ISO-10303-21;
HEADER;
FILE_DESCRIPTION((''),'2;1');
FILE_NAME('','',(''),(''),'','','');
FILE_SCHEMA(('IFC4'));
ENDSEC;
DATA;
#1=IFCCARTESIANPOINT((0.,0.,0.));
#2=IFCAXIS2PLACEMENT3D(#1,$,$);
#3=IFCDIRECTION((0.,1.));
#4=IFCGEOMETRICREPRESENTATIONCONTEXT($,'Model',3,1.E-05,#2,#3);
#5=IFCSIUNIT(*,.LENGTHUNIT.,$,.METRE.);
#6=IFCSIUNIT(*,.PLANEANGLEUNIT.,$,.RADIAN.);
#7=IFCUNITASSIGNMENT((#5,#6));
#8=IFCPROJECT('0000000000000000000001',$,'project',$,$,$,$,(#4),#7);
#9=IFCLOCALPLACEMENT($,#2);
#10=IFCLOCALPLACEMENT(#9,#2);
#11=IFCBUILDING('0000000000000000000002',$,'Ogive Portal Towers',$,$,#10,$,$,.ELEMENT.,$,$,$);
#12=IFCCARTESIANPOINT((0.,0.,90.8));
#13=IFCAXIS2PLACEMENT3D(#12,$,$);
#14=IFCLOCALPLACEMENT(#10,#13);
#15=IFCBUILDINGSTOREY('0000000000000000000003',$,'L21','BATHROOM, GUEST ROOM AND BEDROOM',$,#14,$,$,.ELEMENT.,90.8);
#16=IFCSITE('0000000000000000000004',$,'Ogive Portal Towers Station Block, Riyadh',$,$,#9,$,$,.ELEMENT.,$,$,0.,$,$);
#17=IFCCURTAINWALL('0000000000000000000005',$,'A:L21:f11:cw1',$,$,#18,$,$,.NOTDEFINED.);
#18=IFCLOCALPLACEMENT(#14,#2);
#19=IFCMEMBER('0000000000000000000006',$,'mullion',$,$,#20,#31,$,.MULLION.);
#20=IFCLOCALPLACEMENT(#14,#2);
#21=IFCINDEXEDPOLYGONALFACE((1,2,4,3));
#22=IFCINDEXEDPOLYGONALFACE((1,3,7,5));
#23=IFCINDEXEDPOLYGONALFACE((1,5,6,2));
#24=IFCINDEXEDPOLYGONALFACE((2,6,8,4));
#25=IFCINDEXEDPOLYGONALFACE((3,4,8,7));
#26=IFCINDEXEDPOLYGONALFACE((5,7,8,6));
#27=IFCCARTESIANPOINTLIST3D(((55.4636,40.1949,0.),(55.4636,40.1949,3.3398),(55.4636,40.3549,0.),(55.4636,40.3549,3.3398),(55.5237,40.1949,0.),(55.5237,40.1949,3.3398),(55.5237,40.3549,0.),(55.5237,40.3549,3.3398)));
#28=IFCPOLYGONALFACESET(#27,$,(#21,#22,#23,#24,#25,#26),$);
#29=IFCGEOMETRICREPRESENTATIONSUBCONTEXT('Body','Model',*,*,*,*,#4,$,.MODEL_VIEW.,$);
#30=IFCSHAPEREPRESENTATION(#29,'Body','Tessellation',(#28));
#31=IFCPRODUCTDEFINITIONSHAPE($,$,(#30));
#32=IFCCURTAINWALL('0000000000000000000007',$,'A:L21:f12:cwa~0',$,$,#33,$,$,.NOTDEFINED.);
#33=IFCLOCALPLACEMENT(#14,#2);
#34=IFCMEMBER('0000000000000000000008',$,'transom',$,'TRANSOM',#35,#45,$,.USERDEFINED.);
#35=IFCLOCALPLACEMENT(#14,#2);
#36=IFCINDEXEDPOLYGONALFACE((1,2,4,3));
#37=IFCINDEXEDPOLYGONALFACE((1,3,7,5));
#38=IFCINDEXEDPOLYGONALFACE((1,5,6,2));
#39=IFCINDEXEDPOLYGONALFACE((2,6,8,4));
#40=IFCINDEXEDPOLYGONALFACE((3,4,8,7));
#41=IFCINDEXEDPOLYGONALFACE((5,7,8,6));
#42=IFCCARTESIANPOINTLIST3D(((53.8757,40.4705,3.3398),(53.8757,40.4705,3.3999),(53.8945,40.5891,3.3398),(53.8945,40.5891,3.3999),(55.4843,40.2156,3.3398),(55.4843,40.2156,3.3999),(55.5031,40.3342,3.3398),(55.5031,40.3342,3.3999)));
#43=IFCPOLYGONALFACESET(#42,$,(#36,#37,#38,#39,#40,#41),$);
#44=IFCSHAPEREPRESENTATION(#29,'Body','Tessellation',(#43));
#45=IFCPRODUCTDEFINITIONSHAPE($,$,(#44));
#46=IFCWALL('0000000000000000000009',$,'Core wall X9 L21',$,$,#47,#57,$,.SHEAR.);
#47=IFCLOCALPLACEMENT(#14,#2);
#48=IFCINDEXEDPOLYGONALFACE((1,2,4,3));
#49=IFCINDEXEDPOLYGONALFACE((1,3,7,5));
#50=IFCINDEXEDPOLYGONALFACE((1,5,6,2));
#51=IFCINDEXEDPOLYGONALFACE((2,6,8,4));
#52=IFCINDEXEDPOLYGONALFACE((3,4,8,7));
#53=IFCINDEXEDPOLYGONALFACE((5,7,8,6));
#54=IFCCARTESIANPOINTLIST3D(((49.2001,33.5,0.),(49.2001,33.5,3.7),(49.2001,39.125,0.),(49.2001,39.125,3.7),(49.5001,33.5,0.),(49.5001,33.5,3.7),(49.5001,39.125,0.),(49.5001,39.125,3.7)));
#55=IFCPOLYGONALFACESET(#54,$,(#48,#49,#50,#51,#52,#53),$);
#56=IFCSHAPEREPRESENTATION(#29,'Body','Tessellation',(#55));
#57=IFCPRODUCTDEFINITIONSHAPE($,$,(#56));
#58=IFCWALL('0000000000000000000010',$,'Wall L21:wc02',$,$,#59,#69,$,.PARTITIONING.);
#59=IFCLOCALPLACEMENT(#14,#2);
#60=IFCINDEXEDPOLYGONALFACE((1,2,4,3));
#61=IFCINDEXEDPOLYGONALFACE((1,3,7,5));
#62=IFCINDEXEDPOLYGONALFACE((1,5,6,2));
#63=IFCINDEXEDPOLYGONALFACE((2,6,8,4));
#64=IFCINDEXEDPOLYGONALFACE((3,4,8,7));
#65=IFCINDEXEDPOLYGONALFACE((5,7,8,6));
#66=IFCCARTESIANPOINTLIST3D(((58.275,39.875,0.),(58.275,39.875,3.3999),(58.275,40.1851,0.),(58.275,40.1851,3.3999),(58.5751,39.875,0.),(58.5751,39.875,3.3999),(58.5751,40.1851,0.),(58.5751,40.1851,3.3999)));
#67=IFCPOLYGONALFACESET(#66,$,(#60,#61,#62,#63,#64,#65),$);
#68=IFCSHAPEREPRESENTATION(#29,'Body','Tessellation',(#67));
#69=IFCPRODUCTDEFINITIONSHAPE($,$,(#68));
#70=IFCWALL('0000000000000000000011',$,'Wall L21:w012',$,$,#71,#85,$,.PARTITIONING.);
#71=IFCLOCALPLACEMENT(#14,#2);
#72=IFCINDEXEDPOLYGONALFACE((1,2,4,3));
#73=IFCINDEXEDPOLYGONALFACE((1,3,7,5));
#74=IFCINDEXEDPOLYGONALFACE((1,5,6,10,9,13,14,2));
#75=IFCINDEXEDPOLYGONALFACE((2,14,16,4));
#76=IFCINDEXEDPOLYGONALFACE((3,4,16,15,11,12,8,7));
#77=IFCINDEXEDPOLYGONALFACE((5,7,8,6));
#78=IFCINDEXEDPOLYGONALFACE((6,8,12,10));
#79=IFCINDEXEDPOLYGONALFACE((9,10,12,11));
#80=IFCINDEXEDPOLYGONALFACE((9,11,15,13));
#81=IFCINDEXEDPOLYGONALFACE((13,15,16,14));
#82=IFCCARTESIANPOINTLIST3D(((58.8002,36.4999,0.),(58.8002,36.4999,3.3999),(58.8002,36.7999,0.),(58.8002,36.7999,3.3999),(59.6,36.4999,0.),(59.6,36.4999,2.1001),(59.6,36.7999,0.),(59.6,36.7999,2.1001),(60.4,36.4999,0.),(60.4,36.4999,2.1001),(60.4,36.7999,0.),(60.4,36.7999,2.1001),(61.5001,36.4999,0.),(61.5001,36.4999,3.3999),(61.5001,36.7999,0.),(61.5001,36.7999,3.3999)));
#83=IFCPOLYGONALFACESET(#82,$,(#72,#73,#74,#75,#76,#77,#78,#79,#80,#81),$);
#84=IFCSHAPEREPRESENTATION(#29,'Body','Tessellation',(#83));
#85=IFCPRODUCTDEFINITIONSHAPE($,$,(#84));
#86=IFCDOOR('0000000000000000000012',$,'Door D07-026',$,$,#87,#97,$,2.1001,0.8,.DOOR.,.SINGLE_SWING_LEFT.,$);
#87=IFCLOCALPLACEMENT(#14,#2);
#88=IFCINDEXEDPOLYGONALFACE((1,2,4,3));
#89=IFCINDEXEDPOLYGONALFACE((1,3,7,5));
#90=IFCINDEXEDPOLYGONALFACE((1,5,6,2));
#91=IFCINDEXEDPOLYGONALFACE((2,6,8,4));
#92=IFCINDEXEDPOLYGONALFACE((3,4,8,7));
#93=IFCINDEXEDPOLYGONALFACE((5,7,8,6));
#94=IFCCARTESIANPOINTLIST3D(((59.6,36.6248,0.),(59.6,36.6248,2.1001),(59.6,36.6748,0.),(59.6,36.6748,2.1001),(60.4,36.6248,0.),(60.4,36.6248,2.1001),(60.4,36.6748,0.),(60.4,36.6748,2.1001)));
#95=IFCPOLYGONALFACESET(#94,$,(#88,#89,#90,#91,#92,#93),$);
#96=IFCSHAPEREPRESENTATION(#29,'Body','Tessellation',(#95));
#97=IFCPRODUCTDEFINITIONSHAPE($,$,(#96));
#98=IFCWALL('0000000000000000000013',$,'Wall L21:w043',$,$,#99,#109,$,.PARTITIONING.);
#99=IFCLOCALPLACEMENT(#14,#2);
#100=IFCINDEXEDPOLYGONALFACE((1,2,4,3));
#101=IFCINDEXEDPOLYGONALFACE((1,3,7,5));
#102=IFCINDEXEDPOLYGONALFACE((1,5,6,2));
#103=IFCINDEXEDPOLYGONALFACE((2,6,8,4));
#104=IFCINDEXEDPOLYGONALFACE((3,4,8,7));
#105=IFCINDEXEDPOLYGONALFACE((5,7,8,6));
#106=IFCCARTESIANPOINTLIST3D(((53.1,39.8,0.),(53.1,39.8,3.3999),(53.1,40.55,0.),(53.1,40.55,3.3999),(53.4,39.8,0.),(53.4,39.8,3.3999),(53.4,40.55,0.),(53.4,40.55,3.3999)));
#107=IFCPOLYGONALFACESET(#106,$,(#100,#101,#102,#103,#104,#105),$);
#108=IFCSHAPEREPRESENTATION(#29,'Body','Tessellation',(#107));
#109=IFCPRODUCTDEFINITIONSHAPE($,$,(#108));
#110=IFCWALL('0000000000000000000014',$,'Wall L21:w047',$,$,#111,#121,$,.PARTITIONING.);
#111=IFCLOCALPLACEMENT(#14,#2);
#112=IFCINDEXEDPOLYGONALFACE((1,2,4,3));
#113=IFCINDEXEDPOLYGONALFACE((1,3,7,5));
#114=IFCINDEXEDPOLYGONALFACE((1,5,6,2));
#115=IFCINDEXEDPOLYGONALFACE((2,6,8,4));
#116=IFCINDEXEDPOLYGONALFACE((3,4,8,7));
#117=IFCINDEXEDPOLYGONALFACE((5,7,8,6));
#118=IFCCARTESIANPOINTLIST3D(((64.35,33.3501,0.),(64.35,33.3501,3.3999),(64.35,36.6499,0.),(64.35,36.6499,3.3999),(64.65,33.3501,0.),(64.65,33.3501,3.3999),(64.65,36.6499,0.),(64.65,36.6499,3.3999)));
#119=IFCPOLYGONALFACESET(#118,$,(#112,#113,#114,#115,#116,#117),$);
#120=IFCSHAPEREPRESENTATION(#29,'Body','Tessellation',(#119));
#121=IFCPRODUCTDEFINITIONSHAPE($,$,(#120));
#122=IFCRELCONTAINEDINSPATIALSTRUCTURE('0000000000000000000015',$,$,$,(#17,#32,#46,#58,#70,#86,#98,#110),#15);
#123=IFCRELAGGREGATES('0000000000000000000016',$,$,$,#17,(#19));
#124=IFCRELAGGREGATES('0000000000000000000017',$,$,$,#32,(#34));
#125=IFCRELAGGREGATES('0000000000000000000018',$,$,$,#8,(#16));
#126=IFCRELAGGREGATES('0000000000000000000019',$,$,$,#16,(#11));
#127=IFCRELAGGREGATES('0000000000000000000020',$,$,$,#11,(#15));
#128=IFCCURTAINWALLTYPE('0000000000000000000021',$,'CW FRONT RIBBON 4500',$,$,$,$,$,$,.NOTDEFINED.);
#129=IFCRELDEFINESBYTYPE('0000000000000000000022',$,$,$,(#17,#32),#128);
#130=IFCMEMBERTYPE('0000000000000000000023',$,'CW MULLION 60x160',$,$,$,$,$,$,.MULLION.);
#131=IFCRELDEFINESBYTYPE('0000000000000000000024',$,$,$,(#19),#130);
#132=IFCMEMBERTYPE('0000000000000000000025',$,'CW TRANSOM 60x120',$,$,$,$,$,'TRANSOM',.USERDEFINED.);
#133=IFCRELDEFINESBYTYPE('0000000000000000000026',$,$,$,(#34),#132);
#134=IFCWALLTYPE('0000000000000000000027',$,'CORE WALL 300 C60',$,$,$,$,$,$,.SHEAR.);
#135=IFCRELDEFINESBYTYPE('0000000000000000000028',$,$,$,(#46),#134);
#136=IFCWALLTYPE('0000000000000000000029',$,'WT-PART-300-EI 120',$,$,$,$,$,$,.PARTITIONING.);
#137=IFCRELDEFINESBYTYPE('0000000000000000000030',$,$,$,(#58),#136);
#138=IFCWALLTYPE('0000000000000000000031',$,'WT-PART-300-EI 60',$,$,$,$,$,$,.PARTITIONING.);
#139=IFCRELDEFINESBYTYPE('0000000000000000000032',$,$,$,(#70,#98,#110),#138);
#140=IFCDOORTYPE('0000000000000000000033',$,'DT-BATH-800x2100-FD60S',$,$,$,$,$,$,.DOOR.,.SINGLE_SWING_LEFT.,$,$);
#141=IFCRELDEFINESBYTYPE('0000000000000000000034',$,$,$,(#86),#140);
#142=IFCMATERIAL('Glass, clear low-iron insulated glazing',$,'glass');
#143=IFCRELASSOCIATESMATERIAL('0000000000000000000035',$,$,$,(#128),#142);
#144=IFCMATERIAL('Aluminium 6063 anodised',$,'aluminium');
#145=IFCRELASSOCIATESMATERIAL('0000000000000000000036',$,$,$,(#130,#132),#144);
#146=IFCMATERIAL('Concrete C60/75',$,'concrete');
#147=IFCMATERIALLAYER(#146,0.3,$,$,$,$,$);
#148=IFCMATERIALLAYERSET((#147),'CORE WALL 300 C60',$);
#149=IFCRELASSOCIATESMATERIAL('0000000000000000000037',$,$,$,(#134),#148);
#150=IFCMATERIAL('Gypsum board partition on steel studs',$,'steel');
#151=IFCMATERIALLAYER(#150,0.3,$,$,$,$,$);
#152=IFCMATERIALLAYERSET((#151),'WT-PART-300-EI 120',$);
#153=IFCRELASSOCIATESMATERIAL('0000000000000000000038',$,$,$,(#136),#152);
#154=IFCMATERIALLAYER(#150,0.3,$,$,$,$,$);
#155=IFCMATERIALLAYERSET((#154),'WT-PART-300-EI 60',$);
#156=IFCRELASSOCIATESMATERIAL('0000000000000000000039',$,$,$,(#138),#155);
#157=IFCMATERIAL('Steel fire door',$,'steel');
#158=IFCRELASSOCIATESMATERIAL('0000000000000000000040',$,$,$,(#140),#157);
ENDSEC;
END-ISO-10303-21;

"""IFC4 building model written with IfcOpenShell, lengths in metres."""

from ifc_helpers import new_model, si_unit, direction, frame, frame_2d, origin, origin_2d, place, context, subcontext, project, spatial, rectangle, extrude, material, layer, layer_set, material_profile, profile_set, type_object, element, fill, aggregate, save


model = new_model("IFC4")

# Units and contexts
model_context = context("Model", 3, precision=1e-05, world=origin(), true_north=direction((0.0, 1.0)))
body_context = subcontext(model_context, "Body", "Model", "MODEL_VIEW")
ifc_project = project(units=[si_unit("LENGTHUNIT", "METRE"), si_unit("PLANEANGLEUNIT", "RADIAN")], contexts=[model_context])

# Site, building, storey
site_placement = place(None, origin())
site = spatial("IfcSite", under=ifc_project, at=site_placement, Name="Ogive Portal Towers Station Block, Riyadh", CompositionType="ELEMENT", RefElevation=0.0)
building_placement = place(site_placement, origin())
building = spatial("IfcBuilding", under=site, at=building_placement, Name="Ogive Portal Towers", CompositionType="ELEMENT")
storey_placement = place(building_placement, frame((0.0, 0.0, 90.8)))
storey = spatial("IfcBuildingStorey", under=building, at=storey_placement, Name="L21", Description="BATHROOM, GUEST ROOM AND BEDROOM", CompositionType="ELEMENT", Elevation=90.8)

# Curtain walls, members
ifc_material_1 = material(Name="Glass, clear low-iron insulated glazing", Category="glass")
curtain_wall_type = type_object("IfcCurtainWallType", Name="CW FRONT RIBBON 4500", PredefinedType="NOTDEFINED", material=ifc_material_1)
curtain_wall_1_placement = place(storey_placement, origin())
curtain_wall_1 = element("IfcCurtainWall", 1, at=curtain_wall_1_placement, inside=storey, type_object=curtain_wall_type, Name="A:L21:f11:cw1", PredefinedType="NOTDEFINED")
ifc_material_2 = material(Name="Aluminium 6063 anodised", Category="aluminium")
ifc_material_profile_1 = material_profile(ifc_material_2, rectangle(XDim=0.1599, YDim=0.0601, at=origin_2d()), Name="AL 60x160")
ifc_profile_set_1 = profile_set([ifc_material_profile_1], Name="Aluminium 6063 anodised")
member_type_1 = type_object("IfcMemberType", Name="CW MULLION 60x160", PredefinedType="MULLION", material=ifc_profile_set_1)
member_1_placement = place(storey_placement, frame((55.4937, 40.2749, 0.0), z_axis=(0.0, 0.0, 1.0), x_axis=(0.0, -1.0, 0.0)))
member_1 = element("IfcMember", 2, at=member_1_placement, type_object=member_type_1, Name="mullion", PredefinedType="MULLION", context=body_context, shape_type="SweptSolid", body=[
    extrude(rectangle(XDim=0.1599, YDim=0.0601, at=origin_2d()), origin(), (0.0, 0.0, 1.0), 3.3398),
])
aggregate(curtain_wall_1, [member_1])
curtain_wall_2_placement = place(storey_placement, origin())
curtain_wall_2 = element("IfcCurtainWall", 3, at=curtain_wall_2_placement, inside=storey, type_object=curtain_wall_type, Name="A:L21:f12:cwa~0", PredefinedType="NOTDEFINED")
ifc_material_profile_2 = material_profile(ifc_material_2, rectangle(XDim=0.1201, YDim=0.0601, at=origin_2d()), Name="AL 120x60")
ifc_profile_set_2 = profile_set([ifc_material_profile_2], Name="Aluminium 6063 anodised")
member_type_2 = type_object("IfcMemberType", Name="CW TRANSOM 60x120", ElementType="TRANSOM", PredefinedType="USERDEFINED", material=ifc_profile_set_2)
member_2_placement = place(storey_placement, frame((55.4937, 40.2749, 3.3699), z_axis=(-0.987679, 0.156494, 0.0), x_axis=(-0.156494, -0.987679, 0.0)))
member_2 = element("IfcMember", 4, at=member_2_placement, type_object=member_type_2, Name="transom", ObjectType="TRANSOM", PredefinedType="USERDEFINED", context=body_context, shape_type="SweptSolid", body=[
    extrude(rectangle(XDim=0.1201, YDim=0.0601, at=origin_2d()), origin(), (0.0, 0.0, 1.0), 1.6287),
])
aggregate(curtain_wall_2, [member_2])

# Wall
ifc_material_3 = material(Name="Concrete C60/75", Category="concrete")
ifc_layer_1 = layer(ifc_material_3, 0.3)
ifc_layer_set_1 = layer_set([ifc_layer_1], Name="CORE WALL 300 C60")
wall_type_1 = type_object("IfcWallType", Name="CORE WALL 300 C60", PredefinedType="SHEAR", material=ifc_layer_set_1)
wall_1_placement = place(storey_placement, frame((49.3501, 33.5, 0.0), z_axis=(0.0, 0.0, 1.0), x_axis=(0.0, 1.0, 0.0)))
element("IfcWall", 5, at=wall_1_placement, inside=storey, type_object=wall_type_1, Name="Core wall X9 L21", PredefinedType="SHEAR", context=body_context, shape_type="SweptSolid", body=[
    extrude(rectangle(XDim=5.625, YDim=0.3, at=frame_2d((2.8125, 0.0))), origin(), (0.0, 0.0, 1.0), 3.7),
])

# Wall
ifc_material_4 = material(Name="Gypsum board partition on steel studs", Category="steel")
ifc_layer_2 = layer(ifc_material_4, 0.3)
ifc_layer_set_2 = layer_set([ifc_layer_2], Name="WT-PART-300-EI 120")
wall_type_2 = type_object("IfcWallType", Name="WT-PART-300-EI 120", PredefinedType="PARTITIONING", material=ifc_layer_set_2)
wall_2_placement = place(storey_placement, frame((58.425, 39.875, 0.0), z_axis=(0.0, 0.0, 1.0), x_axis=(0.0, 1.0, 0.0)))
element("IfcWall", 6, at=wall_2_placement, inside=storey, type_object=wall_type_2, Name="Wall L21:wc02", PredefinedType="PARTITIONING", context=body_context, shape_type="SweptSolid", body=[
    extrude(rectangle(XDim=0.3101, YDim=0.3, at=frame_2d((0.155, 0.0))), origin(), (0.0, 0.0, 1.0), 3.3999),
])

# Wall, opening, door
ifc_layer_3 = layer(ifc_material_4, 0.3)
ifc_layer_set_3 = layer_set([ifc_layer_3], Name="WT-PART-300-EI 60")
wall_type_3 = type_object("IfcWallType", Name="WT-PART-300-EI 60", PredefinedType="PARTITIONING", material=ifc_layer_set_3)
wall_3_placement = place(storey_placement, frame((58.8, 36.6499, 0.0), z_axis=(0.0, 0.0, 1.0), x_axis=(1.0, 0.0, 0.0)))
wall_3 = element("IfcWall", 7, at=wall_3_placement, inside=storey, type_object=wall_type_3, Name="Wall L21:w012", PredefinedType="PARTITIONING", context=body_context, shape_type="SweptSolid", body=[
    extrude(rectangle(XDim=2.7, YDim=0.3, at=frame_2d((1.3501, 0.0))), origin(), (0.0, 0.0, 1.0), 3.3999),
])
opening_1_placement = place(wall_3_placement, frame((0.8, 0.0, 0.0)))
opening_1 = element("IfcOpeningElement", 8, at=opening_1_placement, cuts=wall_3, PredefinedType="OPENING", context=body_context, shape_type="SweptSolid", body=[
    extrude(rectangle(XDim=0.8, YDim=2.1001, at=frame_2d((0.3999, 1.05))), frame((0.0, 0.1602, 0.0), z_axis=(0.0, -1.0, 0.0), x_axis=(1.0, 0.0, 0.0)), (0.0, 0.0, 1.0), 0.3201),
])
ifc_material_5 = material(Name="Steel fire door", Category="steel")
door_type_1 = type_object("IfcDoorType", Name="DT-BATH-800x2100-FD60S", OperationType="SINGLE_SWING_LEFT", PredefinedType="DOOR", material=ifc_material_5)
door_1_placement = place(opening_1_placement, origin())
door_1 = element("IfcDoor", 9, at=door_1_placement, inside=storey, type_object=door_type_1, Name="Door D07-026", OperationType="SINGLE_SWING_LEFT", OverallHeight=2.1001, OverallWidth=0.8, PredefinedType="DOOR", context=body_context, shape_type="SweptSolid", body=[
    extrude(rectangle(XDim=0.8, YDim=2.1001, at=frame_2d((0.3999, 1.05))), frame((0.0, 0.0249, 0.0), z_axis=(0.0, -1.0, 0.0), x_axis=(1.0, 0.0, 0.0)), (0.0, 0.0, 1.0), 0.05),
])
fill(opening_1, door_1)

# Walls
wall_4_placement = place(storey_placement, frame((53.25, 39.8, 0.0), z_axis=(0.0, 0.0, 1.0), x_axis=(0.0, 1.0, 0.0)))
element("IfcWall", 10, at=wall_4_placement, inside=storey, type_object=wall_type_3, Name="Wall L21:w043", PredefinedType="PARTITIONING", context=body_context, shape_type="SweptSolid", body=[
    extrude(rectangle(XDim=0.75, YDim=0.3, at=frame_2d((0.375, 0.0))), origin(), (0.0, 0.0, 1.0), 3.3999),
])
wall_5_placement = place(storey_placement, frame((64.5, 33.3501, 0.0), z_axis=(0.0, 0.0, 1.0), x_axis=(0.0, 1.0, 0.0)))
element("IfcWall", 11, at=wall_5_placement, inside=storey, type_object=wall_type_3, Name="Wall L21:w047", PredefinedType="PARTITIONING", context=body_context, shape_type="SweptSolid", body=[
    extrude(rectangle(XDim=3.2998, YDim=0.3, at=frame_2d((1.6499, 0.0))), origin(), (0.0, 0.0, 1.0), 3.3999),
])

save(model, "model.ifc")
